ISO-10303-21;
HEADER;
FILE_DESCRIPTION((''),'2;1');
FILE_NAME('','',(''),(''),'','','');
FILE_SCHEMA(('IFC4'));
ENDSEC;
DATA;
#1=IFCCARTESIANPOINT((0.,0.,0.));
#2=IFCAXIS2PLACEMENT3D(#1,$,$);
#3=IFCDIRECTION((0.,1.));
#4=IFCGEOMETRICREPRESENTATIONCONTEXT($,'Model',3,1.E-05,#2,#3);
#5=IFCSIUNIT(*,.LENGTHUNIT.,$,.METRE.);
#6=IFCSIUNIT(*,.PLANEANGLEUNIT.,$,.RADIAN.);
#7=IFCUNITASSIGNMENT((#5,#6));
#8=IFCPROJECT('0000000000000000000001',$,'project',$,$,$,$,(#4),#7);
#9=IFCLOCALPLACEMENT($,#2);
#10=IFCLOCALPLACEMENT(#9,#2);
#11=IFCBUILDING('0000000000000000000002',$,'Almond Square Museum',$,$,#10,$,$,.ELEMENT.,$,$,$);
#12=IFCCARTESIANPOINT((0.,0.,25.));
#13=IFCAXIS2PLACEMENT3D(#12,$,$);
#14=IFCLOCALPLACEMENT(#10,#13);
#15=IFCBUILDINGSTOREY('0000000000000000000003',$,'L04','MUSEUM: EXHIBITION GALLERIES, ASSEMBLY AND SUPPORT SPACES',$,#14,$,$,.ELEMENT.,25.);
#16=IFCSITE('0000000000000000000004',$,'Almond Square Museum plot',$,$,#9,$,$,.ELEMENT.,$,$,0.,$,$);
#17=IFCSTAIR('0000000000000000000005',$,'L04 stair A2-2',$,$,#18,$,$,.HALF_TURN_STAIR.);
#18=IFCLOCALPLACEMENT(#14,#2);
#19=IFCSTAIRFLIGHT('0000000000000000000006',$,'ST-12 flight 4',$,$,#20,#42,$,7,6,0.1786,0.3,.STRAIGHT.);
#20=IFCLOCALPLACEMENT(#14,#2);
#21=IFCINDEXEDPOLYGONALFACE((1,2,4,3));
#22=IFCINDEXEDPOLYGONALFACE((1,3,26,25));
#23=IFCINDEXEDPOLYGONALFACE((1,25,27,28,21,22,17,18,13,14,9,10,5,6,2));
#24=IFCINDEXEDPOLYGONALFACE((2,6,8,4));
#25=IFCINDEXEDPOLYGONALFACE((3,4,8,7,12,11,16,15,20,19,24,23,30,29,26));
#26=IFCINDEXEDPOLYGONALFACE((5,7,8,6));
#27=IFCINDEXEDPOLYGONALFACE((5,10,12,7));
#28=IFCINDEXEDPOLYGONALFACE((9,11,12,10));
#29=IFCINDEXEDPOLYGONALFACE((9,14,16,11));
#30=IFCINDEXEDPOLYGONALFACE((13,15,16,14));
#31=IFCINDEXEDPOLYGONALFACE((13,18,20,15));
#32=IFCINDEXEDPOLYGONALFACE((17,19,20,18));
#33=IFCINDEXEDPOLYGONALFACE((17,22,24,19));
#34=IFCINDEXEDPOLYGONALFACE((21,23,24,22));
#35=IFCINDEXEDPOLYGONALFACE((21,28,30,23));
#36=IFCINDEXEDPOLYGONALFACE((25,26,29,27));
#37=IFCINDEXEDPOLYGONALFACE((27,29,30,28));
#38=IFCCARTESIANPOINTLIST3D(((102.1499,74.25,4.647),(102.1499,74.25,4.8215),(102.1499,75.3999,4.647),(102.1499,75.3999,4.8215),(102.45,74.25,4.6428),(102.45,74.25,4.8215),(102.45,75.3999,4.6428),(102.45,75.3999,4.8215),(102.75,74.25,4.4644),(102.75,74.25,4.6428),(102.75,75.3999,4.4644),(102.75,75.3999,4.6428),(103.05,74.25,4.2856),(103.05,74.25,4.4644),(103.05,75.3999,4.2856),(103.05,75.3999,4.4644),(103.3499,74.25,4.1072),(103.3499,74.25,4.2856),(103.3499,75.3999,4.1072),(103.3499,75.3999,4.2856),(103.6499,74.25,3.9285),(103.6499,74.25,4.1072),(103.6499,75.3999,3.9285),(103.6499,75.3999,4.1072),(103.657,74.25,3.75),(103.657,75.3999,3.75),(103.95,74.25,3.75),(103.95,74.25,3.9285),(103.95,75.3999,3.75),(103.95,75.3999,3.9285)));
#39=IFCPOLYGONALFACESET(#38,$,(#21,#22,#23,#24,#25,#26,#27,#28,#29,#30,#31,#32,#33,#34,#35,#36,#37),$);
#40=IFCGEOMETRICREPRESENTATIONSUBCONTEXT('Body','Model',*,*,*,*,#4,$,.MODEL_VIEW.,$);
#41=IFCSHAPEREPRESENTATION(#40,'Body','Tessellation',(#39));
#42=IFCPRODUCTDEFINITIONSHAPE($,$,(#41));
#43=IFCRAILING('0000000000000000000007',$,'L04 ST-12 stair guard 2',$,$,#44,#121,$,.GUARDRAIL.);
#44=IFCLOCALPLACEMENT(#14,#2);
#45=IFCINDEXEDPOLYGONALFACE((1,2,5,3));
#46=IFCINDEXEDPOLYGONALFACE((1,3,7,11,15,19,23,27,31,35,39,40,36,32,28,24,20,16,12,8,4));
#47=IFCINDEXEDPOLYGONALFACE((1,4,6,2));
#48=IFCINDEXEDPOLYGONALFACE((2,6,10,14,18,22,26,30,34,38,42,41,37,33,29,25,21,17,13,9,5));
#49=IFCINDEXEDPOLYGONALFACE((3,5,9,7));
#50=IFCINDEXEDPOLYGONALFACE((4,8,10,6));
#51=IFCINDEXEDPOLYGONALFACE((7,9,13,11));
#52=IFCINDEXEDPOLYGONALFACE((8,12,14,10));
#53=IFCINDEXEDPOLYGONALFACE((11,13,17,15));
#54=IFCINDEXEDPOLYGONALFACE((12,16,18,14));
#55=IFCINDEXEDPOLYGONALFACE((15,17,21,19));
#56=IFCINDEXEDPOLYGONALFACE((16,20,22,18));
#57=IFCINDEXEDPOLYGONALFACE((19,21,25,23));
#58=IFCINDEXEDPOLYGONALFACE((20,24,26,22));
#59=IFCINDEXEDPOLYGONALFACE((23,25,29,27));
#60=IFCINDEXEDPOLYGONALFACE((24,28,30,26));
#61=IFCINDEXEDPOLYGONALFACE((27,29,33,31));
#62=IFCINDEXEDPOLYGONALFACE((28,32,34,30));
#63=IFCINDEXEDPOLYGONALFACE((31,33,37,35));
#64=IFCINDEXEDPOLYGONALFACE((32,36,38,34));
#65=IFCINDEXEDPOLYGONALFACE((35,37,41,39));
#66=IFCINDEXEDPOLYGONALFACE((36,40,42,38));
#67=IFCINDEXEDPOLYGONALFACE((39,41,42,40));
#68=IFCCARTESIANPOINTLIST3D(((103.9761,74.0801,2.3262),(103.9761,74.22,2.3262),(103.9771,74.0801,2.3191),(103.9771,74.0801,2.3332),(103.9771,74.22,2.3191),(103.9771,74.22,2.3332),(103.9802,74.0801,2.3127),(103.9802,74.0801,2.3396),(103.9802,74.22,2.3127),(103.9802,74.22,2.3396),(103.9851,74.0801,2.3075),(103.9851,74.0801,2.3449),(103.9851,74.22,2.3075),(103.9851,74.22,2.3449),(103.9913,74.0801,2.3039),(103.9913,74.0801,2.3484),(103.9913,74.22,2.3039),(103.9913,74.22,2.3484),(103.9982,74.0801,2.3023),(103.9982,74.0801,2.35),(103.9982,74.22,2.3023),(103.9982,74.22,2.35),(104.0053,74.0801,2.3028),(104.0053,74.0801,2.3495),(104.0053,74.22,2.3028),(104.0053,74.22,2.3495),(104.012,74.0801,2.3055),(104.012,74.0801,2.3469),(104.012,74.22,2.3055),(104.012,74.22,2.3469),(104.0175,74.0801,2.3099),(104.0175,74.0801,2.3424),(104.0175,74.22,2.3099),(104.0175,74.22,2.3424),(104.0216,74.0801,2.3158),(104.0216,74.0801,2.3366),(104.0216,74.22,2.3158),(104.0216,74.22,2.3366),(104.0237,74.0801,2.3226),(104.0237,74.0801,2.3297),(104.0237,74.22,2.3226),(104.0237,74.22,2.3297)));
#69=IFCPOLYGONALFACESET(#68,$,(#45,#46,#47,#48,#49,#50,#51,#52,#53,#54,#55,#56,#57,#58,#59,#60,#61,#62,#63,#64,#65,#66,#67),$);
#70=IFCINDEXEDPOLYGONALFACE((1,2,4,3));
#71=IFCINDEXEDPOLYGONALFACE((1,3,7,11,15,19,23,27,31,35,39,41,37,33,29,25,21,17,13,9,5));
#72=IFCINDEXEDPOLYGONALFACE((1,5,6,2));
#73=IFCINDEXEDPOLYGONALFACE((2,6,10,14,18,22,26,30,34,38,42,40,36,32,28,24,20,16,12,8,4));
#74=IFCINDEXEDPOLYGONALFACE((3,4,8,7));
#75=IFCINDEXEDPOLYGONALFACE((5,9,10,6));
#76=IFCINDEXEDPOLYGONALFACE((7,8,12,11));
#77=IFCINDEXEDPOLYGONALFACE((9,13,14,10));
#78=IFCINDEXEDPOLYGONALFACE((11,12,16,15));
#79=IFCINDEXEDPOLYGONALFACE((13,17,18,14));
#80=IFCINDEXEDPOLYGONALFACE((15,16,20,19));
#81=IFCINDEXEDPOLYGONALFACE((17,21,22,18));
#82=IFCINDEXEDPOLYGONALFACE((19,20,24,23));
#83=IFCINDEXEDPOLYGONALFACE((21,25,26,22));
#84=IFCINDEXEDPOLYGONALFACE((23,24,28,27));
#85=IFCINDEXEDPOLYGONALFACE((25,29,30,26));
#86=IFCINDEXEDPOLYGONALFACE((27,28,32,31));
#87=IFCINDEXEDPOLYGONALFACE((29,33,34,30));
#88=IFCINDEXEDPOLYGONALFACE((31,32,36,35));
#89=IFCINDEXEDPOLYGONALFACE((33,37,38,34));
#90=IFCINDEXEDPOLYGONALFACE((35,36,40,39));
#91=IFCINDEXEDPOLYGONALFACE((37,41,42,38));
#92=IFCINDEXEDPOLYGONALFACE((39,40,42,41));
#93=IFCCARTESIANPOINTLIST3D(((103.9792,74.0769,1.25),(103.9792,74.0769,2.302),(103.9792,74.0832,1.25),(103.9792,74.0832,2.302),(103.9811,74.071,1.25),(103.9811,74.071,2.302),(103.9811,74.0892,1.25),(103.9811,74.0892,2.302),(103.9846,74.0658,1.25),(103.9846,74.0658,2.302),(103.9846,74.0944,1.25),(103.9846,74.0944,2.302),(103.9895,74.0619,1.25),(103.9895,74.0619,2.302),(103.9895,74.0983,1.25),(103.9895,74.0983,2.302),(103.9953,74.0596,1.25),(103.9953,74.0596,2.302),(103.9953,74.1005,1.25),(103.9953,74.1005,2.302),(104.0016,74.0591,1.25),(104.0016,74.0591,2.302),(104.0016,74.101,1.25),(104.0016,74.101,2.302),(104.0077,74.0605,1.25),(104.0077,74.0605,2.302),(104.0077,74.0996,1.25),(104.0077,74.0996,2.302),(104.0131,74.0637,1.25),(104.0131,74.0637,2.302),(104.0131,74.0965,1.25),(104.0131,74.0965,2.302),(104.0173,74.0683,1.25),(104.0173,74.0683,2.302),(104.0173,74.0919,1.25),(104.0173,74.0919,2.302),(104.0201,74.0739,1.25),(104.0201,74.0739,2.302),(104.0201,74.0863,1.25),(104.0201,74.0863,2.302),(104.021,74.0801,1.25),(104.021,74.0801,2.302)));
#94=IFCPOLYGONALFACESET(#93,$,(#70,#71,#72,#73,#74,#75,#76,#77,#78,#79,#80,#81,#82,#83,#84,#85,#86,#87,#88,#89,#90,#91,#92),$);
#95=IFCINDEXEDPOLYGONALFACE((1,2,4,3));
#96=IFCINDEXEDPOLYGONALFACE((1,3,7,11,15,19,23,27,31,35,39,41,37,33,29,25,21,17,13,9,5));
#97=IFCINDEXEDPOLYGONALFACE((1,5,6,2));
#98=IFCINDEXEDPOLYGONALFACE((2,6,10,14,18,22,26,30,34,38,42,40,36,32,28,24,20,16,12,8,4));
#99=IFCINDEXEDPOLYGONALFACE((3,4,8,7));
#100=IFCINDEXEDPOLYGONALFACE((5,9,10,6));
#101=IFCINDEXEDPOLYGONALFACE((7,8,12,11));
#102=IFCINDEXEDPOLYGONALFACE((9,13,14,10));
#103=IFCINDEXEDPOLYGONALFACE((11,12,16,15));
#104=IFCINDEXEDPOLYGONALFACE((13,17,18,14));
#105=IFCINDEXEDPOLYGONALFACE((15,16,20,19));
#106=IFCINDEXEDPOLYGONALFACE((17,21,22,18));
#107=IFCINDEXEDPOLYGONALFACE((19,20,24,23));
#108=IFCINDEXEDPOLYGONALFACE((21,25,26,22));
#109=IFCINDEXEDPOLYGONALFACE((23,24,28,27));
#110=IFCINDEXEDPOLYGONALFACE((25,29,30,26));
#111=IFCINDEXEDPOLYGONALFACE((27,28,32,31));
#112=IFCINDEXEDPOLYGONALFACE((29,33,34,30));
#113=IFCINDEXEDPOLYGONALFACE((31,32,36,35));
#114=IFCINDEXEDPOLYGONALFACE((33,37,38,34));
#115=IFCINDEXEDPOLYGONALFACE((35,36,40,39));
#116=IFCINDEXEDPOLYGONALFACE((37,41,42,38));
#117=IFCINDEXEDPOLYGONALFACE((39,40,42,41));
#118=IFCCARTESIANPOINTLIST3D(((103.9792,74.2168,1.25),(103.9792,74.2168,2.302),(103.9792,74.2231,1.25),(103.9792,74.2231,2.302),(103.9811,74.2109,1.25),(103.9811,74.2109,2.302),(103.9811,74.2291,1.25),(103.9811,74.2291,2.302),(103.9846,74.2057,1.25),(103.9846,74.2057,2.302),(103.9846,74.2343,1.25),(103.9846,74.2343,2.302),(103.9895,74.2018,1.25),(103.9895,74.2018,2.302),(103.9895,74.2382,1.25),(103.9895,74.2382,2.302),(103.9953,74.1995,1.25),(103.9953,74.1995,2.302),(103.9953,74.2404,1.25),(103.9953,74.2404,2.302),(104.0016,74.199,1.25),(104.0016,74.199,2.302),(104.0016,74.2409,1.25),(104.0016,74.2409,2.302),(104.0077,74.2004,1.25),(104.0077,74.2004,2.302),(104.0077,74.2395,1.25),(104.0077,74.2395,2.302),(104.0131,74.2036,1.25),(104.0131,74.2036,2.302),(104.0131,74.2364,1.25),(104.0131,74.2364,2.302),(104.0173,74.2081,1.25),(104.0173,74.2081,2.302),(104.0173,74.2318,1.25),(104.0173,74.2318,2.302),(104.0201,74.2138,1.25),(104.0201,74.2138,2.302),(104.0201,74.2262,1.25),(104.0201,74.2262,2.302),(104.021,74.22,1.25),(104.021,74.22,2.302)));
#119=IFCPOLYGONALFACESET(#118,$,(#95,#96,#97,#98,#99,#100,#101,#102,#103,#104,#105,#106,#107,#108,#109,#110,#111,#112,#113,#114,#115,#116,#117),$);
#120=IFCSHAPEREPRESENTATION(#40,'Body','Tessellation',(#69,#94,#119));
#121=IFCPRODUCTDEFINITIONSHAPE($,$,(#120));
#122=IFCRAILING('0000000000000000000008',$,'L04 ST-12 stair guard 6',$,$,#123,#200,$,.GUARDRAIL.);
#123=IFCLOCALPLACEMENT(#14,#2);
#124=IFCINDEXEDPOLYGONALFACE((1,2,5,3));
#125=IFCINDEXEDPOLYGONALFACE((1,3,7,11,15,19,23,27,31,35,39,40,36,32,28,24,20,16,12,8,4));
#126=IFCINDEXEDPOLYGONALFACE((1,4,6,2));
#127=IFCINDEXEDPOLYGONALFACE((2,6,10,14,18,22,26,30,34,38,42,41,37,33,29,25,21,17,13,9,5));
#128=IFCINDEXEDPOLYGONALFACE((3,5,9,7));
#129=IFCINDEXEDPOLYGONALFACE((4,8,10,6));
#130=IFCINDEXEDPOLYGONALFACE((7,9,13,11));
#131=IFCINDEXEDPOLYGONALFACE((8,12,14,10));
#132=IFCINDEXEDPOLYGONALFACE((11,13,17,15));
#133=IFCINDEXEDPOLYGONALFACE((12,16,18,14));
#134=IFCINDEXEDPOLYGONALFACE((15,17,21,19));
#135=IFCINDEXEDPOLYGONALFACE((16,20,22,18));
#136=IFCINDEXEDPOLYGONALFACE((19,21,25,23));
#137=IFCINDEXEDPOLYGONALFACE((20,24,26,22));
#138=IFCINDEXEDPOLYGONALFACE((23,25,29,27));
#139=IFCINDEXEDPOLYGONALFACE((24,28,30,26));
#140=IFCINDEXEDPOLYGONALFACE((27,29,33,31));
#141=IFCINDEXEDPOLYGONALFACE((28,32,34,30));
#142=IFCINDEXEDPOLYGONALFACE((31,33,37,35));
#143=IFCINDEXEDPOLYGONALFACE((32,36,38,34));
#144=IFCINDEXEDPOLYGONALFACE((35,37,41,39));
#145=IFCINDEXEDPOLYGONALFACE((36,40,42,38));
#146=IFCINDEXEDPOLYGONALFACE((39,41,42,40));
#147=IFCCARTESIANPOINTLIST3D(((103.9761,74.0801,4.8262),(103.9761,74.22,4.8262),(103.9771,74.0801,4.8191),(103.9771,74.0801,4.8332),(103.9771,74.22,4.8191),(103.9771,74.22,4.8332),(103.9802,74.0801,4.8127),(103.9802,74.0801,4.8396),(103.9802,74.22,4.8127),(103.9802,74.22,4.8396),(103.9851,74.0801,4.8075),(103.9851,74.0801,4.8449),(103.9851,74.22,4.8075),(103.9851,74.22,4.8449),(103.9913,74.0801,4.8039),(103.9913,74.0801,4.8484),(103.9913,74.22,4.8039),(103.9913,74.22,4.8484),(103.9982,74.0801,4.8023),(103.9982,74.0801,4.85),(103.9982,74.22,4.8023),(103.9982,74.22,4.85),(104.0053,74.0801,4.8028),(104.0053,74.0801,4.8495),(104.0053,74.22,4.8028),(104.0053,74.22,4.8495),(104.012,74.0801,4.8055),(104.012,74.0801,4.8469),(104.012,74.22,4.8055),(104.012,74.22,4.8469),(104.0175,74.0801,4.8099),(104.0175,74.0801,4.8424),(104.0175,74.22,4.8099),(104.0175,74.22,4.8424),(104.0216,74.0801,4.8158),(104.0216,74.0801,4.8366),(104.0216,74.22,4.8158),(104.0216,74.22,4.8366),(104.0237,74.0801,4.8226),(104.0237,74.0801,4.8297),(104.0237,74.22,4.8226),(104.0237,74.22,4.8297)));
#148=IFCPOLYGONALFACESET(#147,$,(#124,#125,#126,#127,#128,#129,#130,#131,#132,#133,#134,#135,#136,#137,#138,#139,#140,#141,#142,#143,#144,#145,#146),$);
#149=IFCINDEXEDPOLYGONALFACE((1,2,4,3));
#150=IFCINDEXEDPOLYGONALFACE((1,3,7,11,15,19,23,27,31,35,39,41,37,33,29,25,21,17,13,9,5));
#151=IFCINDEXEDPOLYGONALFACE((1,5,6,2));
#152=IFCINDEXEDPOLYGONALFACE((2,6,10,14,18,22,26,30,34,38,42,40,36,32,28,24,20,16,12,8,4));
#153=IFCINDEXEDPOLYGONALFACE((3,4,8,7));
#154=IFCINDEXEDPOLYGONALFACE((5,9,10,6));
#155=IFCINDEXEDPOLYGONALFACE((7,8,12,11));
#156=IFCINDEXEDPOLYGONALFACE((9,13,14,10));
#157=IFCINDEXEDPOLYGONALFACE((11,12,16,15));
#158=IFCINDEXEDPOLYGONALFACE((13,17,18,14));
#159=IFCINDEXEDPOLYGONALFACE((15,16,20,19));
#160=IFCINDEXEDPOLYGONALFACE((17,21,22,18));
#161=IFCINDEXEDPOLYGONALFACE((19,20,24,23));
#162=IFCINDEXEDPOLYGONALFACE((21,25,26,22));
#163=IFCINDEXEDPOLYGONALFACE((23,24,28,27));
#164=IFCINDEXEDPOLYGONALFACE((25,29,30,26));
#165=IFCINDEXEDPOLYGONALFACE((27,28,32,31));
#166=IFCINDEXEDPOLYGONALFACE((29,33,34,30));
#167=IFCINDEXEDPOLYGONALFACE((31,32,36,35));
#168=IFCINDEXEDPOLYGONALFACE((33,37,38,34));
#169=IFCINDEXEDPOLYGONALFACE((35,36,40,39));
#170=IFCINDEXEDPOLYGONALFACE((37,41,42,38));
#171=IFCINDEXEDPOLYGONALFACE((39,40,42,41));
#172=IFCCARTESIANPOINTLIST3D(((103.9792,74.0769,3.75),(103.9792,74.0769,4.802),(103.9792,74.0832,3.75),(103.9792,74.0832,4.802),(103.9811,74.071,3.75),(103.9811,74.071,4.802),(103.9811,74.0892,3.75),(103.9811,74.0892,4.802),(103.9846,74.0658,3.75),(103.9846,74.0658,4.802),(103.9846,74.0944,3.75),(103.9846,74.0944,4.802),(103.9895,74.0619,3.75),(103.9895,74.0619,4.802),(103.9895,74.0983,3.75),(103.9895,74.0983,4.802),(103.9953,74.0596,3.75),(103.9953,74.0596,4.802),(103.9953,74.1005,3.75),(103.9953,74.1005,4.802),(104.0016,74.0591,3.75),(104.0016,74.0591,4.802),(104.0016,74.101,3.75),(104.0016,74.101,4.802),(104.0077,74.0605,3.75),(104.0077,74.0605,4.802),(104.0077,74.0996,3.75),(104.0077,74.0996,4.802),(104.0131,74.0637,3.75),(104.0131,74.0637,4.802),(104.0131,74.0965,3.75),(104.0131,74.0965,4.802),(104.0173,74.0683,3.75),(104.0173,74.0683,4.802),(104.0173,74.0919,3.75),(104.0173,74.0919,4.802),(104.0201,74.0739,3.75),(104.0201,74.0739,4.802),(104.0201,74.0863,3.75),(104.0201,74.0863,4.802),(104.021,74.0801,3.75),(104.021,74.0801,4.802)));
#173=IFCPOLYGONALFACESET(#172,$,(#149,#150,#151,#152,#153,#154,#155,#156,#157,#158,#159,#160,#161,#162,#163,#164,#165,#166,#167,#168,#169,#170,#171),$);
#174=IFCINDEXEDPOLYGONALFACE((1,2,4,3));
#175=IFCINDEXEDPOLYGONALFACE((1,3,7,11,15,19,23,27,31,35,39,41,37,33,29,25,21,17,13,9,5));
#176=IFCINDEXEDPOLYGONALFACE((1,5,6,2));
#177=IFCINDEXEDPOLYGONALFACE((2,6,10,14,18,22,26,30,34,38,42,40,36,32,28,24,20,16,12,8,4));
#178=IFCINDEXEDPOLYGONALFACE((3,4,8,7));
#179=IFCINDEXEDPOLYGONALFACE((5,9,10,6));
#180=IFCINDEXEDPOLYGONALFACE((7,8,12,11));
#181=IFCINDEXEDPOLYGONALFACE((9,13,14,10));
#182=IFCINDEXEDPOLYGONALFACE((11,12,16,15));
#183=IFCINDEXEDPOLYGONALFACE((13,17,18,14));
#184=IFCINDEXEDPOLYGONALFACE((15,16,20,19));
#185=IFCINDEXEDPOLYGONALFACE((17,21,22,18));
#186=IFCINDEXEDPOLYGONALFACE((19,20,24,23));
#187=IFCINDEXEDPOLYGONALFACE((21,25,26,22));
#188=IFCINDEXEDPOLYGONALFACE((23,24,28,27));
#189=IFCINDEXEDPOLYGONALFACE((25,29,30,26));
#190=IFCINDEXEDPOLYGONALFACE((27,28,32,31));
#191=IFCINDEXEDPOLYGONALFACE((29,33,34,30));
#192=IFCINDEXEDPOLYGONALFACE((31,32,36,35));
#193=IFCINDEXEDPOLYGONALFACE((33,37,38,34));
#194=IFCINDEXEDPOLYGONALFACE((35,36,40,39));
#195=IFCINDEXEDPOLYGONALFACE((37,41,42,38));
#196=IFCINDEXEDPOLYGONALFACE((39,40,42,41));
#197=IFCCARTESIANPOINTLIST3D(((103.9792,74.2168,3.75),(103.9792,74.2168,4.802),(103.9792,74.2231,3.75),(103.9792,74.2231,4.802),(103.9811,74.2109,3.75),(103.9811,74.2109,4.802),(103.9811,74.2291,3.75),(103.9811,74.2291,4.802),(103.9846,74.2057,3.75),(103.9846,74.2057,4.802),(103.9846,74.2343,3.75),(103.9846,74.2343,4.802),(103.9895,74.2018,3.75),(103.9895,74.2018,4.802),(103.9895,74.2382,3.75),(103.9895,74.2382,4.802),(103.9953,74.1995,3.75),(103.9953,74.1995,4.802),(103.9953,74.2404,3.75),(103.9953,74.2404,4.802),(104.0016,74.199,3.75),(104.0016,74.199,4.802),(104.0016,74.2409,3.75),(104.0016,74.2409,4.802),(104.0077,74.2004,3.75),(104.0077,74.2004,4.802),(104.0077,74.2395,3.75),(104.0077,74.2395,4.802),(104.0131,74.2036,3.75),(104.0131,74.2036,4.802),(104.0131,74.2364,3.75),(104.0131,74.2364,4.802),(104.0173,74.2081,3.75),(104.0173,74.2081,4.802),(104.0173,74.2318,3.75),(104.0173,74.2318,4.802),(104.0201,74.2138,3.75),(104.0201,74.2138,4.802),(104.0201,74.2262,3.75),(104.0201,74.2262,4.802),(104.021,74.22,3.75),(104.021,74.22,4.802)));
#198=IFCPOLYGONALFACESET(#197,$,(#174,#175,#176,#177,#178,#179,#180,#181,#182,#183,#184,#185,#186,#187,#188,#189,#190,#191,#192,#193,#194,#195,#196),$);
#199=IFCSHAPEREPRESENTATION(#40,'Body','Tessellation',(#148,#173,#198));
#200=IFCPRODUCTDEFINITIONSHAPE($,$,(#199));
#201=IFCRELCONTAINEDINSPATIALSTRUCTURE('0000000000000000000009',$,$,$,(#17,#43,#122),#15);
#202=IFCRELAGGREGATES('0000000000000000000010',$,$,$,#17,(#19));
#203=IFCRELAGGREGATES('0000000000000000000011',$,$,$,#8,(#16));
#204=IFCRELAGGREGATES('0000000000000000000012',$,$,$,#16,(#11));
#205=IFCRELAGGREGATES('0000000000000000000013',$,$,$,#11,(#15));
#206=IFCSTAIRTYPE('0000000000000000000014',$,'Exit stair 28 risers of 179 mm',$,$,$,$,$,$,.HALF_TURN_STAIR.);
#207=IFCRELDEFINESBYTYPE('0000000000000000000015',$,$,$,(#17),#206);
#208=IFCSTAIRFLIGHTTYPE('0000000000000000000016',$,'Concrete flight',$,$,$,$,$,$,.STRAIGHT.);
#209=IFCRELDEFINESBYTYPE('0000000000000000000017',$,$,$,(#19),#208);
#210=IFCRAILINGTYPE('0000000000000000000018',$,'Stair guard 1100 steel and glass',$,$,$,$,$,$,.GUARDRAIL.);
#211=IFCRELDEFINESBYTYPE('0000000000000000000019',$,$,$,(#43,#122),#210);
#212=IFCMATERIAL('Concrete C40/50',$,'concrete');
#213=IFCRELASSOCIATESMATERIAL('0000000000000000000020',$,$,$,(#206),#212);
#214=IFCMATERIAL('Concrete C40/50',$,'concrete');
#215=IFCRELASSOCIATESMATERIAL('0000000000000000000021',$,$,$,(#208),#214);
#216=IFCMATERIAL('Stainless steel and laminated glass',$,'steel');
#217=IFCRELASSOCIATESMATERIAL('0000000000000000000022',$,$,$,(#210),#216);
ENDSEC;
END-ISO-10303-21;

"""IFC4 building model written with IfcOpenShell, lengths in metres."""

from ifc_helpers import new_model, si_unit, direction, frame, origin, origin_2d, place, context, subcontext, project, spatial, polyline, circle, outline, extrude, material, type_object, element, aggregate, save


model = new_model("IFC4")

# Units and contexts
model_context = context("Model", 3, precision=1e-05, world=origin(), true_north=direction((0.0, 1.0)))
body_context = subcontext(model_context, "Body", "Model", "MODEL_VIEW")
ifc_project = project(units=[si_unit("LENGTHUNIT", "METRE"), si_unit("PLANEANGLEUNIT", "RADIAN")], contexts=[model_context])

# Site, building, storey
site_placement = place(None, origin())
site = spatial("IfcSite", under=ifc_project, at=site_placement, Name="Almond Square Museum plot", CompositionType="ELEMENT", RefElevation=0.0)
building_placement = place(site_placement, origin())
building = spatial("IfcBuilding", under=site, at=building_placement, Name="Almond Square Museum", CompositionType="ELEMENT")
storey_placement = place(building_placement, frame((0.0, 0.0, 25.0)))
storey = spatial("IfcBuildingStorey", under=building, at=storey_placement, Name="L04", Description="MUSEUM: EXHIBITION GALLERIES, ASSEMBLY AND SUPPORT SPACES", CompositionType="ELEMENT", Elevation=25.0)

# Stair, stair flight
ifc_material_1 = material(Name="Concrete C40/50", Category="concrete")
stair_type = type_object("IfcStairType", Name="Exit stair 28 risers of 179 mm", PredefinedType="HALF_TURN_STAIR", material=ifc_material_1)
stair_placement = place(storey_placement, origin())
stair = element("IfcStair", 1, at=stair_placement, inside=storey, type_object=stair_type, Name="L04 stair A2-2", PredefinedType="HALF_TURN_STAIR")
ifc_material_2 = material(Name="Concrete C40/50", Category="concrete")
stair_flight_type = type_object("IfcStairFlightType", Name="Concrete flight", PredefinedType="STRAIGHT", material=ifc_material_2)
stair_flight_1_placement = place(storey_placement, frame((103.95, 74.825, 3.75), z_axis=(0.0, 0.0, 1.0), x_axis=(-1.0, 0.0, 0.0)))
stair_flight_1 = element("IfcStairFlight", 2, at=stair_flight_1_placement, type_object=stair_flight_type, Name="ST-12 flight 4", NumberOfRisers=7, NumberOfTreads=6, PredefinedType="STRAIGHT", RiserHeight=0.1786, TreadLength=0.3, context=body_context, shape_type="SweptSolid", body=[
    extrude(outline(polyline([(0.0, 0.0), (0.0, 0.1785), (0.3, 0.1785), (0.3, 0.3572), (0.6001, 0.3572), (0.6001, 0.5356), (0.8999, 0.5356), (0.8999, 0.7144), (1.2, 0.7144), (1.2, 0.8928), (1.5, 0.8928), (1.5, 1.0715), (1.8, 1.0715), (1.8, 1.25), (1.8, 0.897), (0.293, 0.0), (0.0, 0.0)])), frame((0.0, 0.575, 0.0), z_axis=(0.0, -1.0, 0.0), x_axis=(1.0, 0.0, 0.0)), (0.0, 0.0, 1.0), 1.1499),
])
aggregate(stair, [stair_flight_1])

# Railings
ifc_material_3 = material(Name="Stainless steel and laminated glass", Category="steel")
railing_type_1 = type_object("IfcRailingType", Name="Stair guard 1100 steel and glass", PredefinedType="GUARDRAIL", material=ifc_material_3)
for number, where, name in (
    (3, (104.0, 74.0801, 1.25), "L04 ST-12 stair guard 2"),
    (4, (104.0, 74.0801, 3.75), "L04 ST-12 stair guard 6"),
):
    element("IfcRailing", number, at=place(storey_placement, frame(where)), inside=storey, type_object=railing_type_1, Name=name, PredefinedType="GUARDRAIL", context=body_context, shape_type="SweptSolid", body=[
        extrude(circle(Radius=0.0239, at=origin_2d()), frame((0.0, 0.0, 1.0762), z_axis=(0.0, 1.0, 0.0), x_axis=(-1.0, 0.0, 0.0)), (0.0, 0.0, 1.0), 0.1399),
        extrude(circle(Radius=0.021, at=origin_2d()), origin(), (0.0, 0.0, 1.0), 1.052),
        extrude(circle(Radius=0.021, at=origin_2d()), frame((0.0, 0.1399, 0.0)), (0.0, 0.0, 1.0), 1.052),
    ])

save(model, "model.ifc")
